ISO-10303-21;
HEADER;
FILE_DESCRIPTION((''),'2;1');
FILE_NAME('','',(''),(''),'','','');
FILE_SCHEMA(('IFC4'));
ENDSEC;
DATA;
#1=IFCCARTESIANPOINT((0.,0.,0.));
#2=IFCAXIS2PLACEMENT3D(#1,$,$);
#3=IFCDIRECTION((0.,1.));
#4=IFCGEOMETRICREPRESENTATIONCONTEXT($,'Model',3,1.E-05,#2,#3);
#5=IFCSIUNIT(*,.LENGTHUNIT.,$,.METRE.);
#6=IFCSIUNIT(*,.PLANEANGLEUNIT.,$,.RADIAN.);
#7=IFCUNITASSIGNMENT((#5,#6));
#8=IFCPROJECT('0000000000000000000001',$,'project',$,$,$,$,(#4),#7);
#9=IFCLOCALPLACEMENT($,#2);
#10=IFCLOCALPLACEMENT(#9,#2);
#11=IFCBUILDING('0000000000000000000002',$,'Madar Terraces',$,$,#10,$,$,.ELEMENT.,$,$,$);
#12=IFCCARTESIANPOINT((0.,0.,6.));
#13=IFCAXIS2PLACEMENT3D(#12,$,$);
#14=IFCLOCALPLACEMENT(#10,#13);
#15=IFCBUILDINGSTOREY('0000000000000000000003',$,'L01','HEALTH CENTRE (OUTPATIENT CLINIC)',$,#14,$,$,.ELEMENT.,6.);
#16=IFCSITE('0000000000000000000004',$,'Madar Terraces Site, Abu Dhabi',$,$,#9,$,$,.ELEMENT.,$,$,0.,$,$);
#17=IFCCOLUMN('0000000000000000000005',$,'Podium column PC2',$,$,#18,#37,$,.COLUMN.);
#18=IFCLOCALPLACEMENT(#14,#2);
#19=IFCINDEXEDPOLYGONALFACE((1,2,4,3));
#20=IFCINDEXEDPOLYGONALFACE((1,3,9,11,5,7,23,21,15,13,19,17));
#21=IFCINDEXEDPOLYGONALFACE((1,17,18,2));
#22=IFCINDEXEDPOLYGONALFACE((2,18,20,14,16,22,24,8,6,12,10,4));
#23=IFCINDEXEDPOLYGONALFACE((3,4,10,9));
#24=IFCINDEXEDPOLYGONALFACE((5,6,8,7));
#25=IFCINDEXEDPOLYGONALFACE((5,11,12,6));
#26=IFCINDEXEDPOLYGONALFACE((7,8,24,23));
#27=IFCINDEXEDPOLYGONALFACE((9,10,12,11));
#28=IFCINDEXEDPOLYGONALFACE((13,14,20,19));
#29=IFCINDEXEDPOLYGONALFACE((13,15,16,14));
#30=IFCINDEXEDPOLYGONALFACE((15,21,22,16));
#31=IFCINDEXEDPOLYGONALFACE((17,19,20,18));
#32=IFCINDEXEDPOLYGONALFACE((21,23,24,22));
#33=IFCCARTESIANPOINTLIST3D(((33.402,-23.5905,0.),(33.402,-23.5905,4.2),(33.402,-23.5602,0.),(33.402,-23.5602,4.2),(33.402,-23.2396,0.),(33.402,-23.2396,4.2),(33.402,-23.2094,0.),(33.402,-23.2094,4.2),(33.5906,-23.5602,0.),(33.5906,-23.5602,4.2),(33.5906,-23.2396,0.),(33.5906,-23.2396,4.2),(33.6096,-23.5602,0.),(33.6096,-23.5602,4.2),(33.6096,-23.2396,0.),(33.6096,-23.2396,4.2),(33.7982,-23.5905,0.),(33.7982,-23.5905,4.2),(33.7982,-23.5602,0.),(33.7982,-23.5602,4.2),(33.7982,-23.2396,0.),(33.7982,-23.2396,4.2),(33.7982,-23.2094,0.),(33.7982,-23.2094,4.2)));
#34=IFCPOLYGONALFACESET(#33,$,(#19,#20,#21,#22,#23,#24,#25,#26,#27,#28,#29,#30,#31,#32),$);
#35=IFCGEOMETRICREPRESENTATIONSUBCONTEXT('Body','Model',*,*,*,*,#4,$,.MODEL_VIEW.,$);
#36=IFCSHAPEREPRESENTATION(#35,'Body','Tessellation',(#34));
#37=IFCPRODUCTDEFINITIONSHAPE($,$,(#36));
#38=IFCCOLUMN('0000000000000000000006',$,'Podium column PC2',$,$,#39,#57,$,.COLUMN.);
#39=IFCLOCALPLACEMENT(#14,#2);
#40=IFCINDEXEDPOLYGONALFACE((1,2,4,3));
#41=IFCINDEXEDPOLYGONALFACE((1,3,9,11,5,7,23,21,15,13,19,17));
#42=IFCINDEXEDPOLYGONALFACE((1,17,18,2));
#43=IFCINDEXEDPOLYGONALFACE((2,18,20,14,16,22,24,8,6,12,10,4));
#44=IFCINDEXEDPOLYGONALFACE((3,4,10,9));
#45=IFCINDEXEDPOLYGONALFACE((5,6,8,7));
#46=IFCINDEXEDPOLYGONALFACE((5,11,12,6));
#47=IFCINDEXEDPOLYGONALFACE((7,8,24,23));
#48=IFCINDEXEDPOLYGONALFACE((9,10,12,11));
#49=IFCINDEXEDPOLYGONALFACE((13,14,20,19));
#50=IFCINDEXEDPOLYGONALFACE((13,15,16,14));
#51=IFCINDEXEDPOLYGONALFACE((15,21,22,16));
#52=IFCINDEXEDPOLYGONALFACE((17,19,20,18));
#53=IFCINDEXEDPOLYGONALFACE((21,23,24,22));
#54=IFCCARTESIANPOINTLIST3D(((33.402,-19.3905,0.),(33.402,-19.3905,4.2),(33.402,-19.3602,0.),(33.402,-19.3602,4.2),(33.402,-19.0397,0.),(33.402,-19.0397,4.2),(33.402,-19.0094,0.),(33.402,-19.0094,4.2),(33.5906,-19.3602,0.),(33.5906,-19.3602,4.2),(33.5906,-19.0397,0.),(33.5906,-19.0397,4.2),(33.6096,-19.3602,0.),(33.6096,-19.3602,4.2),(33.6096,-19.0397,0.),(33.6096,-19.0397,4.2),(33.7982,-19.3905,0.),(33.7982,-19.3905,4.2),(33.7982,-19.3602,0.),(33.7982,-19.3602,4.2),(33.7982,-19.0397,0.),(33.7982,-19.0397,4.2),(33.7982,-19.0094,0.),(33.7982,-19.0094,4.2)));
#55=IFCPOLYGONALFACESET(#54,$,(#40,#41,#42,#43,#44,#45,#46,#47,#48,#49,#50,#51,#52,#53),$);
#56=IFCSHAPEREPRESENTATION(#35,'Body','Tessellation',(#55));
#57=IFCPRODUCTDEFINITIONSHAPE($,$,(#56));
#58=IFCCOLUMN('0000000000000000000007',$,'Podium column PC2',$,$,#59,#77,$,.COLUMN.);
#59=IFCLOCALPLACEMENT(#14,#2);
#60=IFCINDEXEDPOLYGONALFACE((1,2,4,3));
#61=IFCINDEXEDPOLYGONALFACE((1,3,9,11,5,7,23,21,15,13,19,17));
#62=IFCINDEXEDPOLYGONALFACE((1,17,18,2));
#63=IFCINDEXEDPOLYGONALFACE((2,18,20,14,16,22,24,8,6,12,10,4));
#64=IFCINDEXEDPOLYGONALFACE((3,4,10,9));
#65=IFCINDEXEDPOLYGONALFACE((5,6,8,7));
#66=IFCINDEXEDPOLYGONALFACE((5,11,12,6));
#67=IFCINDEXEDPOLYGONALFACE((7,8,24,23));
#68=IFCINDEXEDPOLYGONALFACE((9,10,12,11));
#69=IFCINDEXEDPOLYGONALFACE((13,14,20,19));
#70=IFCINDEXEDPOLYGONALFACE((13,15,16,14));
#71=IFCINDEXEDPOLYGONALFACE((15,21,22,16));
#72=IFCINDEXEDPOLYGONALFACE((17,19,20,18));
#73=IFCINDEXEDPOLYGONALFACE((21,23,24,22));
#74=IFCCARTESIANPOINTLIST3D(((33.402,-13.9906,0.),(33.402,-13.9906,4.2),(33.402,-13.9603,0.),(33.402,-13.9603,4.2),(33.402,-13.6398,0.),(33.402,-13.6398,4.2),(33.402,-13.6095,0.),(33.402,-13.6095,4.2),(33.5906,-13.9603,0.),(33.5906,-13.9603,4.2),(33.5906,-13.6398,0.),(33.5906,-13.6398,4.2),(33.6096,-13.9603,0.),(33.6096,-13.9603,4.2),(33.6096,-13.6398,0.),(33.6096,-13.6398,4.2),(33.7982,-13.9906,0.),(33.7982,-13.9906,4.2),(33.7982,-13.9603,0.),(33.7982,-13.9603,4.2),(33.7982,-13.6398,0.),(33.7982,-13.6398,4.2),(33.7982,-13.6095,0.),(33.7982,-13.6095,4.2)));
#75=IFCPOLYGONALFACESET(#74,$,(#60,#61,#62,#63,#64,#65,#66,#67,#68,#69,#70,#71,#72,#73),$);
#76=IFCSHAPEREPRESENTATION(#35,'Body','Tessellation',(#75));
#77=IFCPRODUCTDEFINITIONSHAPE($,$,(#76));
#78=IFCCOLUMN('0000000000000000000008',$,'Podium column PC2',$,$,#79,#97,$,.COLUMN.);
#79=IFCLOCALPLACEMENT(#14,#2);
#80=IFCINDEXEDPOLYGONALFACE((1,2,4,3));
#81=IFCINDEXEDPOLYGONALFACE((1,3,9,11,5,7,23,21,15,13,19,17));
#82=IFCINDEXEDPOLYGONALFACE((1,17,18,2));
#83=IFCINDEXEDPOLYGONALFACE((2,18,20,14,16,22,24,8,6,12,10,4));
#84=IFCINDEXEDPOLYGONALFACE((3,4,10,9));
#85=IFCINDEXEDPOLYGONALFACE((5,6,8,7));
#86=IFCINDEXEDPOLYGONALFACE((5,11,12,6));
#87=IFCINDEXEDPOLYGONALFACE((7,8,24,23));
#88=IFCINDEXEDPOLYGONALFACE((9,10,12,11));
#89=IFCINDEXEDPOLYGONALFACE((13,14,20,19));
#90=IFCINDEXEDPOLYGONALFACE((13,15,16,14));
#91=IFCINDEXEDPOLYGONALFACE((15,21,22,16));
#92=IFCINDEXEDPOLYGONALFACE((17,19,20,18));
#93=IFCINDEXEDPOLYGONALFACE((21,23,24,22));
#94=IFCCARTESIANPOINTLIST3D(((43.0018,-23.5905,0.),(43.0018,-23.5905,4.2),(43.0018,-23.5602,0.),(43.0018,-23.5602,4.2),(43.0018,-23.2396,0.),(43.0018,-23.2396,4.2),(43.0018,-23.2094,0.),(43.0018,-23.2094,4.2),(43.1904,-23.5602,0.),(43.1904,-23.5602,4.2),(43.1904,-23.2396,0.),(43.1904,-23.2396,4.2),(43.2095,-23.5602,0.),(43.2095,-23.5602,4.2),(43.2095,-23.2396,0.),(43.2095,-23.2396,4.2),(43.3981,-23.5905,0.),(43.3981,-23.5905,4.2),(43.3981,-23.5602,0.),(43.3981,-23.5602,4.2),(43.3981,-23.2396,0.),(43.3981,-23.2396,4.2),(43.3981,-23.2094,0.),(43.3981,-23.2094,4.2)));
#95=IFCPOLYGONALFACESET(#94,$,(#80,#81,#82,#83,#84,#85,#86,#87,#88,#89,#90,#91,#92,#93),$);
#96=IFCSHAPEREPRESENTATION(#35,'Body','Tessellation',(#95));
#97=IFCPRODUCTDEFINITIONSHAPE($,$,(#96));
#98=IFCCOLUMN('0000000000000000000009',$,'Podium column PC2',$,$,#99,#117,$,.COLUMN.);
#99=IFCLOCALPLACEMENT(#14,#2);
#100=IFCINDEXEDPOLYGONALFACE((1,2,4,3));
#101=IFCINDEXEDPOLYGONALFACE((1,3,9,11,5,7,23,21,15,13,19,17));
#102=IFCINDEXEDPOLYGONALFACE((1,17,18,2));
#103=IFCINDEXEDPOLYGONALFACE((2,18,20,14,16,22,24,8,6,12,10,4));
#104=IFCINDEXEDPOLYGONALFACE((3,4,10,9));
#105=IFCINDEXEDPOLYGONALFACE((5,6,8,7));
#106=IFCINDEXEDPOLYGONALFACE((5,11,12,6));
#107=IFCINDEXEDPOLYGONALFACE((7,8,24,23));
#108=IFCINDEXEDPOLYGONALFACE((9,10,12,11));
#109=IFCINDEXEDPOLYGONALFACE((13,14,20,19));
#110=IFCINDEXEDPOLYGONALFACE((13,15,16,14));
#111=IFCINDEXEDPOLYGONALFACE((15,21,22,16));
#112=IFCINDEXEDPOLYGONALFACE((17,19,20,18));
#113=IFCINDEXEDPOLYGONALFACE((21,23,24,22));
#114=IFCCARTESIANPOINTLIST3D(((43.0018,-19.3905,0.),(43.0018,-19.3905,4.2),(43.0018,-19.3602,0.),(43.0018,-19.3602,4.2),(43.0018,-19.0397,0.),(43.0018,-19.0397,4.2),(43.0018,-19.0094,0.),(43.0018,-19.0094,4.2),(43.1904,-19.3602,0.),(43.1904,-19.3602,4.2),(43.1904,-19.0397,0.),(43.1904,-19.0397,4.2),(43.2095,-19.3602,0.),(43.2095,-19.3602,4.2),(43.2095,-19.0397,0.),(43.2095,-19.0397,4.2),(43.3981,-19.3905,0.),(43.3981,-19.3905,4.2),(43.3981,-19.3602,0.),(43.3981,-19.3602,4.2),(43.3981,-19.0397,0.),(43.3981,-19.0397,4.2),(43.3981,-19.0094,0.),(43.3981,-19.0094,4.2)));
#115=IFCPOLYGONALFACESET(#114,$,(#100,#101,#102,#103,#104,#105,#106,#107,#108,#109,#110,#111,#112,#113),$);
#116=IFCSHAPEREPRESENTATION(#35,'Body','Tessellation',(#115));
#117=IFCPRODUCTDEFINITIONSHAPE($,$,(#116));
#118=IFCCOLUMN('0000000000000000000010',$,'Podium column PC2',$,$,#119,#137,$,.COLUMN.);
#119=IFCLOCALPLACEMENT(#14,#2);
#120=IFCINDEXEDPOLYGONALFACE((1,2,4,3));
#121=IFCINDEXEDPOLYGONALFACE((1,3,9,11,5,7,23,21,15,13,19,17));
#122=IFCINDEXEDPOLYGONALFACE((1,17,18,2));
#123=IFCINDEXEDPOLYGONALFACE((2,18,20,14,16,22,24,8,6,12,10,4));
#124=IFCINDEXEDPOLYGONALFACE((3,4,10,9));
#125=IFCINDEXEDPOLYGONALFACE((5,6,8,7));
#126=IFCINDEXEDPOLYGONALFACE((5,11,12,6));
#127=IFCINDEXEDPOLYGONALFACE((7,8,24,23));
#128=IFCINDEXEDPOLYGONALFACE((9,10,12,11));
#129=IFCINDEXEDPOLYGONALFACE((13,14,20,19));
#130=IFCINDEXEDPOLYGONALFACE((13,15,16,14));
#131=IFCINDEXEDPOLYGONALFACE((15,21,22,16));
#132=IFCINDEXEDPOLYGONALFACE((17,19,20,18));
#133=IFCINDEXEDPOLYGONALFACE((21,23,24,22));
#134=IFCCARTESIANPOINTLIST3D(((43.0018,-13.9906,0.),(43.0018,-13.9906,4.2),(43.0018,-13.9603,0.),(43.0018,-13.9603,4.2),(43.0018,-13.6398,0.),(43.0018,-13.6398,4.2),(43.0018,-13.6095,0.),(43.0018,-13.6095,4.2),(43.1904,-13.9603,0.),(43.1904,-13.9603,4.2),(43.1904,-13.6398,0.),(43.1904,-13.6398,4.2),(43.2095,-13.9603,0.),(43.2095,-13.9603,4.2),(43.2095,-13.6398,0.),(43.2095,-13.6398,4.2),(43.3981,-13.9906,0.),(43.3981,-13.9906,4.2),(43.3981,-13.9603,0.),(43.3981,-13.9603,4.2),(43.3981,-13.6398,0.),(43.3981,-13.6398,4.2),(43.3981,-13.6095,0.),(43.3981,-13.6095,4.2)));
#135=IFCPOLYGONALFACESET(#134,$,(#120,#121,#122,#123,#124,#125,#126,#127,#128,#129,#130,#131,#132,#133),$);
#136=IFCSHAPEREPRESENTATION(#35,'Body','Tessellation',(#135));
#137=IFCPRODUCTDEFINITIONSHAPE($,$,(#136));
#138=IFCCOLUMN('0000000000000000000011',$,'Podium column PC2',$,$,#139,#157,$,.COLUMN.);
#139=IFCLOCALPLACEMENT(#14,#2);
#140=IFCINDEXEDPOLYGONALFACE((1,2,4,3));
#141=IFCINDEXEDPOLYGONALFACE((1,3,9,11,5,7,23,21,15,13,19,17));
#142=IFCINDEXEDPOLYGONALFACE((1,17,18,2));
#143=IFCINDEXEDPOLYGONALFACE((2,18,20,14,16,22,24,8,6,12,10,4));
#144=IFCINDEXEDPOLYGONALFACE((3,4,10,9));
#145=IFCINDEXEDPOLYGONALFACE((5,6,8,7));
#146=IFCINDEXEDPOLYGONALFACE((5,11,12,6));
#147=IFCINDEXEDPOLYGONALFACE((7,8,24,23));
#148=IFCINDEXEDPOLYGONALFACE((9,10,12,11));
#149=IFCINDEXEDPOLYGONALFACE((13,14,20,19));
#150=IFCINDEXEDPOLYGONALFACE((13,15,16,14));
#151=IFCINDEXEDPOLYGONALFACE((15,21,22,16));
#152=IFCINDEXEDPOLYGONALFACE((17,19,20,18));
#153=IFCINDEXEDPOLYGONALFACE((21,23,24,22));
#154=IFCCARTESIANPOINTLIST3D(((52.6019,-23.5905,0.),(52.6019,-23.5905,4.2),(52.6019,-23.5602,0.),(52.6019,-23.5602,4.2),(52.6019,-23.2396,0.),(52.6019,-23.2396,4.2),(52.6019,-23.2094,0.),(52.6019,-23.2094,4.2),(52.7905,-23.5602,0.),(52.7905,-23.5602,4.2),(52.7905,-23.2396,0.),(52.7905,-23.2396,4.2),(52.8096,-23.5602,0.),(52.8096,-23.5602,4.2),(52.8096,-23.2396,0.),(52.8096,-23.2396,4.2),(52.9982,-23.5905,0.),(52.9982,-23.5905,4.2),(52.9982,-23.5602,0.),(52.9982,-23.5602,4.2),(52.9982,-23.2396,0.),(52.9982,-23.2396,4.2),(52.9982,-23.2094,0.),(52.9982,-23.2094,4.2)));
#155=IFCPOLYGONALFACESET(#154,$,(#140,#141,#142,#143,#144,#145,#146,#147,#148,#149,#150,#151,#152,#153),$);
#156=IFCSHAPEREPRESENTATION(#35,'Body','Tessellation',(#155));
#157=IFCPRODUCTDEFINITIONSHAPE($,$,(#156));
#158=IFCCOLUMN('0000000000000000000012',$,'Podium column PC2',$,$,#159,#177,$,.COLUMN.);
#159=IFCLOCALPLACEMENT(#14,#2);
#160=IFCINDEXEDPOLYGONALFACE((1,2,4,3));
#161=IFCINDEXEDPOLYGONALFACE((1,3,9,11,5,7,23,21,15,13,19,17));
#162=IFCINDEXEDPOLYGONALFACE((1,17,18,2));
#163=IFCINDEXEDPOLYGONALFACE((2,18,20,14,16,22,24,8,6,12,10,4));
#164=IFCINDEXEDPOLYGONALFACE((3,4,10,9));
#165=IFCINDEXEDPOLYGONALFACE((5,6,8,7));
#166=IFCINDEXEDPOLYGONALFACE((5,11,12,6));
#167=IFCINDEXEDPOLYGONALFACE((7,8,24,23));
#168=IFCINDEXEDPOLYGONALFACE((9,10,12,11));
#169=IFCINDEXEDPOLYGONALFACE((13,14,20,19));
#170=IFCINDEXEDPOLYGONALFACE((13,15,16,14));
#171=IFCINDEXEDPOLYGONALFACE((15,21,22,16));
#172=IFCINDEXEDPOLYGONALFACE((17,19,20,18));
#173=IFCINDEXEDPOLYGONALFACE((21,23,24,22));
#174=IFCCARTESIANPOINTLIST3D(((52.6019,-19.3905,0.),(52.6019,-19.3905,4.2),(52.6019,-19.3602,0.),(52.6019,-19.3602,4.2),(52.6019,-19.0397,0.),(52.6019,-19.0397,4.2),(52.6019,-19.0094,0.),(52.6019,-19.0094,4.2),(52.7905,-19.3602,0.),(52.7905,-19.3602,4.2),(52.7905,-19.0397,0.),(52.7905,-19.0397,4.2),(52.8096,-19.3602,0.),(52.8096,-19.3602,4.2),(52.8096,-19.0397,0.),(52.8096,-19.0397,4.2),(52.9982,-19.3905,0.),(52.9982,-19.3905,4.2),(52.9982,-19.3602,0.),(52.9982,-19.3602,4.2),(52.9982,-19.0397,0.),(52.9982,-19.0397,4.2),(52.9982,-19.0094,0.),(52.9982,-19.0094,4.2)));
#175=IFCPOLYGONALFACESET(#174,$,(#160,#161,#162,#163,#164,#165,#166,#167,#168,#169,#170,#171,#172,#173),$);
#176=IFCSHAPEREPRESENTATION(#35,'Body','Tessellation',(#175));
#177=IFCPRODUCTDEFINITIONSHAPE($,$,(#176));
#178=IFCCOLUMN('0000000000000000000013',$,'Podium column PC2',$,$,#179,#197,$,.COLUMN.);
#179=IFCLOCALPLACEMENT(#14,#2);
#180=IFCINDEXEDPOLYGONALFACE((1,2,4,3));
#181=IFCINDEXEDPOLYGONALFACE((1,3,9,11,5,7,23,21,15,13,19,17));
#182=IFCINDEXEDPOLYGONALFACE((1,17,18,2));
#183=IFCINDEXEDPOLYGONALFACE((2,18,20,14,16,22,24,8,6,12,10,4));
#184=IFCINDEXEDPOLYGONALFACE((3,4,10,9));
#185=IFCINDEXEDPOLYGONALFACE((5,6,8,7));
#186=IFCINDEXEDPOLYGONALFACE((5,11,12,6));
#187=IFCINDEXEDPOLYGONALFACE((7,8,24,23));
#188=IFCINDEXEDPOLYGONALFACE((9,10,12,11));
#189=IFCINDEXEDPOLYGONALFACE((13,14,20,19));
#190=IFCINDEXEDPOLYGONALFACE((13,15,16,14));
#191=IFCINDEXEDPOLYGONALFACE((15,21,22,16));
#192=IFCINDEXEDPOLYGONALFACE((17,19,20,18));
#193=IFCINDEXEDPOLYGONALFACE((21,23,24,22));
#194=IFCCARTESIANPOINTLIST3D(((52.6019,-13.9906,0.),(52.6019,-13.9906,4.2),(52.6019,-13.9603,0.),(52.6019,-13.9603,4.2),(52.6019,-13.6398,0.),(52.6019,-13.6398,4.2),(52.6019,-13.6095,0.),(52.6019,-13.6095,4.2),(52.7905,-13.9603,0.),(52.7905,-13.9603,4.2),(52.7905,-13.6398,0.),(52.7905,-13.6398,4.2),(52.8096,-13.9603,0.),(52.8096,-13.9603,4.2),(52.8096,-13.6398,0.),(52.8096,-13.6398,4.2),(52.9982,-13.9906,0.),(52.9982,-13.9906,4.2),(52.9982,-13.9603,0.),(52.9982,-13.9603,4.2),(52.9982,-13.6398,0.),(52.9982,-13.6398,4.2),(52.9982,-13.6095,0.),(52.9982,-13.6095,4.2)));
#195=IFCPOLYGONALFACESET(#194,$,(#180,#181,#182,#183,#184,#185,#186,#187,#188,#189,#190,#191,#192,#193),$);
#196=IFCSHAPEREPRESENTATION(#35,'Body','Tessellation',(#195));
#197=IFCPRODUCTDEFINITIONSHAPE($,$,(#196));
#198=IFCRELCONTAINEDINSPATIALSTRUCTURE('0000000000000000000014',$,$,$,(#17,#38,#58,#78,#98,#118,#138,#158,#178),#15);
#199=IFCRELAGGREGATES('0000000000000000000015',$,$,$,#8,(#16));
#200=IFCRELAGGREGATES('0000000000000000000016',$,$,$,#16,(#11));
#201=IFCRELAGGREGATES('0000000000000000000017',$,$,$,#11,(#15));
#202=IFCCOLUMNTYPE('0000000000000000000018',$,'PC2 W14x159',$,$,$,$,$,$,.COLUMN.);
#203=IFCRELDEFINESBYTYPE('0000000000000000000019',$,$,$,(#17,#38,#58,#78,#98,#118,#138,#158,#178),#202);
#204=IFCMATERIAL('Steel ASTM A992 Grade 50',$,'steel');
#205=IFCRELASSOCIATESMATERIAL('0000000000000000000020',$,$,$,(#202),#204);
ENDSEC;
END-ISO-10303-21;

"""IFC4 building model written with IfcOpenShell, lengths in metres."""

from ifc_helpers import new_model, si_unit, direction, frame, origin, origin_2d, place, context, subcontext, project, spatial, i_section, extrude, material, material_profile, profile_set, type_object, element, save


model = new_model("IFC4")

# Units and contexts
model_context = context("Model", 3, precision=1e-05, world=origin(), true_north=direction((0.0, 1.0)))
body_context = subcontext(model_context, "Body", "Model", "MODEL_VIEW")
ifc_project = project(units=[si_unit("LENGTHUNIT", "METRE"), si_unit("PLANEANGLEUNIT", "RADIAN")], contexts=[model_context])

# Site, building, storey
site_placement = place(None, origin())
site = spatial("IfcSite", under=ifc_project, at=site_placement, Name="Madar Terraces Site, Abu Dhabi", CompositionType="ELEMENT", RefElevation=0.0)
building_placement = place(site_placement, origin())
building = spatial("IfcBuilding", under=site, at=building_placement, Name="Madar Terraces", CompositionType="ELEMENT")
storey_placement = place(building_placement, frame((0.0, 0.0, 6.0)))
storey = spatial("IfcBuildingStorey", under=building, at=storey_placement, Name="L01", Description="HEALTH CENTRE (OUTPATIENT CLINIC)", CompositionType="ELEMENT", Elevation=6.0)

# Columns
ifc_material_1 = material(Name="Steel ASTM A992 Grade 50", Category="steel")
ifc_material_profile = material_profile(ifc_material_1, i_section(OverallWidth=0.3962, OverallDepth=0.3811, WebThickness=0.019, FlangeThickness=0.0303, at=origin_2d()), Name="W14x159")
ifc_profile_set = profile_set([ifc_material_profile], Name="Steel ASTM A992 Grade 50")
column_type = type_object("IfcColumnType", Name="PC2 W14x159", PredefinedType="COLUMN", material=ifc_profile_set)
for number, where, z_axis, x_axis, name in (
    (1, (33.6001, -23.3999, 0.0), (0.0, 0.0, 1.0), (1.0, 0.0, 0.0), "Podium column PC2"),
    (2, (33.6001, -19.2, 0.0), (0.0, 0.0, 1.0), (1.0, 0.0, 0.0), "Podium column PC2"),
    (3, (33.6001, -13.8, 0.0), (0.0, 0.0, 1.0), (1.0, 0.0, 0.0), "Podium column PC2"),
    (4, (43.2, -23.3999, 0.0), (0.0, 0.0, 1.0), (1.0, 0.0, 0.0), "Podium column PC2"),
    (5, (43.2, -19.2, 0.0), (0.0, 0.0, 1.0), (1.0, 0.0, 0.0), "Podium column PC2"),
    (6, (43.2, -13.8, 0.0), (0.0, 0.0, 1.0), (1.0, 0.0, 0.0), "Podium column PC2"),
    (7, (52.8, -23.3999, 0.0), (0.0, 0.0, 1.0), (1.0, 0.0, 0.0), "Podium column PC2"),
    (8, (52.8, -19.2, 0.0), (0.0, 0.0, 1.0), (1.0, 0.0, 0.0), "Podium column PC2"),
    (9, (52.8, -13.8, 0.0), (0.0, 0.0, 1.0), (1.0, 0.0, 0.0), "Podium column PC2"),
):
    element("IfcColumn", number, at=place(storey_placement, frame(where, z_axis=z_axis, x_axis=x_axis)), inside=storey, type_object=column_type, Name=name, PredefinedType="COLUMN", context=body_context, shape_type="SweptSolid", body=[
        extrude(i_section(OverallWidth=0.3962, OverallDepth=0.3811, WebThickness=0.019, FlangeThickness=0.0303, at=origin_2d()), origin(), (0.0, 0.0, 1.0), 4.2),
    ])

save(model, "model.ifc")
